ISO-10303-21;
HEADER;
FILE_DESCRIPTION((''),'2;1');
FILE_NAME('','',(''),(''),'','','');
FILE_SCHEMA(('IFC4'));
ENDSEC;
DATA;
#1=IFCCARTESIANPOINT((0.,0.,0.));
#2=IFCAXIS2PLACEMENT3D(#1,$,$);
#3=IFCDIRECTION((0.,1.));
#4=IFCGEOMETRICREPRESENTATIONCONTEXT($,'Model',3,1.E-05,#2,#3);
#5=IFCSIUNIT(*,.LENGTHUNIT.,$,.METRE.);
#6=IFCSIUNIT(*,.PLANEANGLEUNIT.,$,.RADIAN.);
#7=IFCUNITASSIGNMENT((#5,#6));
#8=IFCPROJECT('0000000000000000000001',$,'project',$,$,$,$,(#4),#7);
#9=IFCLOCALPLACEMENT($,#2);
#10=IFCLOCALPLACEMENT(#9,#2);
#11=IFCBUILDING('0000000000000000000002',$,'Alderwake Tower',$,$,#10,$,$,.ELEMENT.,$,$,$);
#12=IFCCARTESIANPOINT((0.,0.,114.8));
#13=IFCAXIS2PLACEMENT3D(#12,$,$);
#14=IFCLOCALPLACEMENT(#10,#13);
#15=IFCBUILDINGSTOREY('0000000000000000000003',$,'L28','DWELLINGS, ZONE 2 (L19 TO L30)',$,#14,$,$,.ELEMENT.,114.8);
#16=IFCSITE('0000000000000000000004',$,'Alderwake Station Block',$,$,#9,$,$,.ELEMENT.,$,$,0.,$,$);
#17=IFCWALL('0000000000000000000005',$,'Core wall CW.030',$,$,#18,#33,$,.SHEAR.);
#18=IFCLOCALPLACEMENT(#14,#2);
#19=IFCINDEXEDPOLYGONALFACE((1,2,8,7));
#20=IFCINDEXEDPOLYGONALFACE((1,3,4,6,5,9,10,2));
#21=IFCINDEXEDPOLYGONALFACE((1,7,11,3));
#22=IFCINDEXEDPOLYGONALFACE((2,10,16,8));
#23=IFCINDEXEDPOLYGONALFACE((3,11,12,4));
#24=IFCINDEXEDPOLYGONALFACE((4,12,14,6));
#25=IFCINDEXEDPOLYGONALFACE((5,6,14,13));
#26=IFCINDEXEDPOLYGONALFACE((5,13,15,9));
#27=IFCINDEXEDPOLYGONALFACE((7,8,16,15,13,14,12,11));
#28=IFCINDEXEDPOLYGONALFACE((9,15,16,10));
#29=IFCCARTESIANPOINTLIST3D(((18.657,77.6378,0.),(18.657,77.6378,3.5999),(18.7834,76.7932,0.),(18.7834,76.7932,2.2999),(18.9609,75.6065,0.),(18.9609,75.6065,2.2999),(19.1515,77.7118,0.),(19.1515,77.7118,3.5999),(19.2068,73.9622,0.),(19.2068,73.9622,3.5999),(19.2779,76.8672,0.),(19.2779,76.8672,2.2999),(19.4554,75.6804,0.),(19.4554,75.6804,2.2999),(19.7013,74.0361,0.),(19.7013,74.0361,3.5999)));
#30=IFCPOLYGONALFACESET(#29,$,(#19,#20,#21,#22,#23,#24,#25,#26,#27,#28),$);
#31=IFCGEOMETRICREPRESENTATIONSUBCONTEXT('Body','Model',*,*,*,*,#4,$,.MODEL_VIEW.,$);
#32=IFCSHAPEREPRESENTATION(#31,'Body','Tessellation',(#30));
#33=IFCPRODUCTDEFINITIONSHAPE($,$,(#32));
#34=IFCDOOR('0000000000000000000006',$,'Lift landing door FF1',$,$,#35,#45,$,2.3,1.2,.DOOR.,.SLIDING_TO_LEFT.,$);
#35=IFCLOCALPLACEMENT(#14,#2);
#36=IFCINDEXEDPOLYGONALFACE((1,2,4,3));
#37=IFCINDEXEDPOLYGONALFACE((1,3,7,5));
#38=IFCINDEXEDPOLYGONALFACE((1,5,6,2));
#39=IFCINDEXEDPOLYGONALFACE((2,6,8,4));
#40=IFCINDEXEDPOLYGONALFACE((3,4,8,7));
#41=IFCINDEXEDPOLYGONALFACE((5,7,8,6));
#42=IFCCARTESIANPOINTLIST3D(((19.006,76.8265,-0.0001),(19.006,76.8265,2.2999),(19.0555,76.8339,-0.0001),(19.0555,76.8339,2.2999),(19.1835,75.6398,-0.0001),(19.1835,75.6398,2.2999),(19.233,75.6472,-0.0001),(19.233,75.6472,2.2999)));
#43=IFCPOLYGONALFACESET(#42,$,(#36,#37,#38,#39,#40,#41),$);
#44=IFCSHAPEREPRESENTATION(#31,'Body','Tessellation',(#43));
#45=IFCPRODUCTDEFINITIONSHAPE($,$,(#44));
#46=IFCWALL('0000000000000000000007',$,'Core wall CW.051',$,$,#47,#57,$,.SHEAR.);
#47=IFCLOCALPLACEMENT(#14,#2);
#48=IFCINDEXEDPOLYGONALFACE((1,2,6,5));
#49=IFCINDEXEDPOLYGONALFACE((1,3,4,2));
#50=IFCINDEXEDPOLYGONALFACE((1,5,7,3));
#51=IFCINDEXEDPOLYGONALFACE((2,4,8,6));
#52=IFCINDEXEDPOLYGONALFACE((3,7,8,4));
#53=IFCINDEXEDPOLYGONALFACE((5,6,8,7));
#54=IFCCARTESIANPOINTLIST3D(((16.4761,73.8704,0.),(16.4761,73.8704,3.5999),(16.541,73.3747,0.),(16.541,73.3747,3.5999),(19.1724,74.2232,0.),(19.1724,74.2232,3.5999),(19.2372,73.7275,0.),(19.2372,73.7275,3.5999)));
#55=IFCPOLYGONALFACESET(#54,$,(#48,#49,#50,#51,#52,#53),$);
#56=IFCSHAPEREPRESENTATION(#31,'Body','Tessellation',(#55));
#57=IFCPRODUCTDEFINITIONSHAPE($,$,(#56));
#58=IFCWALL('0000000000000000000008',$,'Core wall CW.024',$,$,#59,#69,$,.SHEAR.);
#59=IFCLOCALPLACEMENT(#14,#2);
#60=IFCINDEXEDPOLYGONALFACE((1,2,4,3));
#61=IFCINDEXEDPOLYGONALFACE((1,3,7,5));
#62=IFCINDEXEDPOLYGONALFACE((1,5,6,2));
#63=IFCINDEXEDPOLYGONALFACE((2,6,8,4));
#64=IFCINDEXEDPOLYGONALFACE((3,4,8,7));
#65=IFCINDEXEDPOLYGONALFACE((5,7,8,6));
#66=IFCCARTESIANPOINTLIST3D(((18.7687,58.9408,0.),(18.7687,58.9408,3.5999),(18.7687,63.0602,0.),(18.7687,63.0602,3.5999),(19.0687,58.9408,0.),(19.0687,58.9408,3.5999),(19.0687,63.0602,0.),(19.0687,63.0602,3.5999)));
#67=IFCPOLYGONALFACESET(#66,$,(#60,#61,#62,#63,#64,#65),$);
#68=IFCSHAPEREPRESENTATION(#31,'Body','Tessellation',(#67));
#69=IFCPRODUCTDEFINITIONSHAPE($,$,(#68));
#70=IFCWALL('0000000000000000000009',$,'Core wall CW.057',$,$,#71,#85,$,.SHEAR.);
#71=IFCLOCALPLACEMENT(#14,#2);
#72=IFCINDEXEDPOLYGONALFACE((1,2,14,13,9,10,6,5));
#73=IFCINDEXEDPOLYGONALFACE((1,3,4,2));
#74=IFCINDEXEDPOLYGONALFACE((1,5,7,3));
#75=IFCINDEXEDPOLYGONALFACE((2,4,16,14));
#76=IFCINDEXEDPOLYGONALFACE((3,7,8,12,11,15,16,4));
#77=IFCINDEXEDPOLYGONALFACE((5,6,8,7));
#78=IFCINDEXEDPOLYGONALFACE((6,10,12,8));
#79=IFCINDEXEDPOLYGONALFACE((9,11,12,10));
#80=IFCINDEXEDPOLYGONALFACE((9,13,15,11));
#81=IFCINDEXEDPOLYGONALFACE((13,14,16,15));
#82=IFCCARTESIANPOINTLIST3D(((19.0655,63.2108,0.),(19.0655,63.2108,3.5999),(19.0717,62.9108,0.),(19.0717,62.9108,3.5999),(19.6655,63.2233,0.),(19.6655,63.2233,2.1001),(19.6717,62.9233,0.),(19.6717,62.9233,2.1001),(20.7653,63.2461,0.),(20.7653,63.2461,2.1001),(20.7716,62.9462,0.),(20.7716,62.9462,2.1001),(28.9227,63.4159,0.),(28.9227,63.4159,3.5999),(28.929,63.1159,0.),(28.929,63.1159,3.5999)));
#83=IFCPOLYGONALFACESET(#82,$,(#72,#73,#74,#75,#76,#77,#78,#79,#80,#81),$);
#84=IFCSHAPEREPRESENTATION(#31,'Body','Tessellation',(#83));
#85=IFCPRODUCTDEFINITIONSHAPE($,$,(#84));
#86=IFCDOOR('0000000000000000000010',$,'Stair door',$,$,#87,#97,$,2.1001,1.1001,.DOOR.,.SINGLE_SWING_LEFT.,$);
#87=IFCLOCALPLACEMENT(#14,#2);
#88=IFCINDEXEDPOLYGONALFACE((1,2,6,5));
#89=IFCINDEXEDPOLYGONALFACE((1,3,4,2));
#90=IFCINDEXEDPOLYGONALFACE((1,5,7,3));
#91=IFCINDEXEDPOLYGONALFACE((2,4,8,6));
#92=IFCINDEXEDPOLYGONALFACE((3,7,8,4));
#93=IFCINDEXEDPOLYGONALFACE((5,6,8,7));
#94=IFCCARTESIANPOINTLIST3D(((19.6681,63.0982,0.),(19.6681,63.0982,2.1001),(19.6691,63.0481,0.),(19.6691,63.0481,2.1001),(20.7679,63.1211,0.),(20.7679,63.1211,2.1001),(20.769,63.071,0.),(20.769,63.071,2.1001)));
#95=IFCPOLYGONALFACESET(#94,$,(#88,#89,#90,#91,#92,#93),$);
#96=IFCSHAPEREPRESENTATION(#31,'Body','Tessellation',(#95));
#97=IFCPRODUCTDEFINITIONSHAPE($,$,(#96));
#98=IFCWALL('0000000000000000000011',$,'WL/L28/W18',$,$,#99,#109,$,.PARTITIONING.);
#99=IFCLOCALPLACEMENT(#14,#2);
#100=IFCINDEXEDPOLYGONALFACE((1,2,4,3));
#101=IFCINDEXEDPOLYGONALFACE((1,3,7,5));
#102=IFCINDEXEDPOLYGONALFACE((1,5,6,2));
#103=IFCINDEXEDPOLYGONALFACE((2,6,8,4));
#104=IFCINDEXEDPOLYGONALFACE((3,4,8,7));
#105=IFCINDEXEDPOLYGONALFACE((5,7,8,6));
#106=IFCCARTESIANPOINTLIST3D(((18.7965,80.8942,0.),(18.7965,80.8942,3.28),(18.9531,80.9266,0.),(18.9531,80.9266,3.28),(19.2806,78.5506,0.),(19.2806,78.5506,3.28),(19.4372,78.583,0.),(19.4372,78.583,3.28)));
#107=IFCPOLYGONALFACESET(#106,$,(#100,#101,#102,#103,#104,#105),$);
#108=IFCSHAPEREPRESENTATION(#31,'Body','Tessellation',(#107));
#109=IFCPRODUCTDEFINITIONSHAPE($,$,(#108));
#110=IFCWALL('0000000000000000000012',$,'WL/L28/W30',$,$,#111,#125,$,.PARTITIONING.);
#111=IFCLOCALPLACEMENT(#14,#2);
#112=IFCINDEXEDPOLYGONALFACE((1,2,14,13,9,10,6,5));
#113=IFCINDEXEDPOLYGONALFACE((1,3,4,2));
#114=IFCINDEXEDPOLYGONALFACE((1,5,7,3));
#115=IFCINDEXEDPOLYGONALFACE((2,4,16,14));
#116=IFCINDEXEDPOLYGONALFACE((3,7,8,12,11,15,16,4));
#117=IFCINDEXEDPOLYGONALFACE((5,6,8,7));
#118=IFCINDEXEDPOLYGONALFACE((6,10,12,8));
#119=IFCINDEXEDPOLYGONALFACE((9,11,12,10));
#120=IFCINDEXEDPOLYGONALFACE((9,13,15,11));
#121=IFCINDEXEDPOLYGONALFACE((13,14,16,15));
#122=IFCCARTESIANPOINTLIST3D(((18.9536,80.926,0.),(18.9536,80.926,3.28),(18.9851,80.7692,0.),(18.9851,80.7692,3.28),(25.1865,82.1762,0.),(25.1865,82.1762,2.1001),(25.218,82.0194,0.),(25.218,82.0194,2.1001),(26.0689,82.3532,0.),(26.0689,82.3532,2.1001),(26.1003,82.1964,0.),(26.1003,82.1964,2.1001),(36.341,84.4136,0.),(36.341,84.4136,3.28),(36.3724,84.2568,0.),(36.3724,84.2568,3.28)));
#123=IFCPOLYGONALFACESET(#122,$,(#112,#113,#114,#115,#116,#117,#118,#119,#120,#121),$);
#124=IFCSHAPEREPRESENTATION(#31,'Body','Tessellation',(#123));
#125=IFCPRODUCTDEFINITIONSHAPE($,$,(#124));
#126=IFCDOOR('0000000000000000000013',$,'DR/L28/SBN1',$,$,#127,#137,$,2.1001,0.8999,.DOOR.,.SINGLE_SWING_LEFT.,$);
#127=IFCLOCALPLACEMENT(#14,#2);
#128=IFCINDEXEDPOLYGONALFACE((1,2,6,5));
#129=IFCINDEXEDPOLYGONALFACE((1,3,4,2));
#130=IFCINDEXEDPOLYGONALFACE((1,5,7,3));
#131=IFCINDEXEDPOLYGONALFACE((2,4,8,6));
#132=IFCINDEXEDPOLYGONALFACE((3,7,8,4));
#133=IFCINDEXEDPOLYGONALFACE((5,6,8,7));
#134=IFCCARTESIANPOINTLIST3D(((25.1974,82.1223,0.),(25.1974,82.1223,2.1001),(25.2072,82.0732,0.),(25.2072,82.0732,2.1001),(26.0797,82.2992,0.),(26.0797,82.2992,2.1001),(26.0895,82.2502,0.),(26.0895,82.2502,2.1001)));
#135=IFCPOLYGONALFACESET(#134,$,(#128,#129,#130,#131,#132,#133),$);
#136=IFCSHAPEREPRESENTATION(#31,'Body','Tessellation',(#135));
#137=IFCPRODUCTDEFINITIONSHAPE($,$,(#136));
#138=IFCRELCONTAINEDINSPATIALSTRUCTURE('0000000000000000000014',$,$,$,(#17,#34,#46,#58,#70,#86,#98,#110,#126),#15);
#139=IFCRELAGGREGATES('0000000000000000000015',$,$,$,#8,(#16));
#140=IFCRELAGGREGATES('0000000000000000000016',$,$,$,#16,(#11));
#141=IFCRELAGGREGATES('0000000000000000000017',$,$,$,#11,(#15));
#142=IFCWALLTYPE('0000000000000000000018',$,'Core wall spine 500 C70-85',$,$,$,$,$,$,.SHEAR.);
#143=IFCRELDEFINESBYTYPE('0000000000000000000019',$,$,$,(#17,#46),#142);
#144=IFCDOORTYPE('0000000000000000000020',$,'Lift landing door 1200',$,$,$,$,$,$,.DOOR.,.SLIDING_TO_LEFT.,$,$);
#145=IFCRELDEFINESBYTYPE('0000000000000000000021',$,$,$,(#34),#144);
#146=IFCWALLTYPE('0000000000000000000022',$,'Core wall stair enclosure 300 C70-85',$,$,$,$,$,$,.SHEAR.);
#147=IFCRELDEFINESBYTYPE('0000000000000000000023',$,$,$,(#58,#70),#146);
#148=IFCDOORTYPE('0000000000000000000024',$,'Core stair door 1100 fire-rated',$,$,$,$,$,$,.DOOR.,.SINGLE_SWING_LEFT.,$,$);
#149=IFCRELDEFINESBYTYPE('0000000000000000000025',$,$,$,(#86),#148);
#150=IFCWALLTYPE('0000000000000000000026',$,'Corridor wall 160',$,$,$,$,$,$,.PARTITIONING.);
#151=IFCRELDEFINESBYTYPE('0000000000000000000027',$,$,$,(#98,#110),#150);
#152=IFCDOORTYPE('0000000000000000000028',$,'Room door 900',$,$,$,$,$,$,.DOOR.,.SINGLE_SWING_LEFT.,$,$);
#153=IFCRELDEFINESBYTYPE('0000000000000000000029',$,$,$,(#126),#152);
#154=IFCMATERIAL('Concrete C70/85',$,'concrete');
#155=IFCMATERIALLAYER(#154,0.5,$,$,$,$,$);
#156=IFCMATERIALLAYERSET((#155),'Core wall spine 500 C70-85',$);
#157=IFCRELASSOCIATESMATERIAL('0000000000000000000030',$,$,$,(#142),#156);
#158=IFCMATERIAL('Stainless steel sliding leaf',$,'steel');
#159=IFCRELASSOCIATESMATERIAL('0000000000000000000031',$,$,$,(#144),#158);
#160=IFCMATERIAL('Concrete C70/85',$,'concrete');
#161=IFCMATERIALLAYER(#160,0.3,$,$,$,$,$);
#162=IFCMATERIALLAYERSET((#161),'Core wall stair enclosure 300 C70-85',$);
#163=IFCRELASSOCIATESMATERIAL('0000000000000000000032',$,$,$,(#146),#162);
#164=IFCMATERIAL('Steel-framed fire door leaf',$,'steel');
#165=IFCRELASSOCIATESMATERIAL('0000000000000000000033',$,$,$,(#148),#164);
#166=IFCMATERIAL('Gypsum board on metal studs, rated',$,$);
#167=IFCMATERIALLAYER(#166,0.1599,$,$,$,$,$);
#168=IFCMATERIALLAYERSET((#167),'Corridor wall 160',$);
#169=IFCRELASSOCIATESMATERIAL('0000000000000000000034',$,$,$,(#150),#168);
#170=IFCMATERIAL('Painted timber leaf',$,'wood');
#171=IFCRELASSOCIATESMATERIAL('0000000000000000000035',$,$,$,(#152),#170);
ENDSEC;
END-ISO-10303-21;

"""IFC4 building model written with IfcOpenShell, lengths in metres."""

from ifc_helpers import new_model, si_unit, direction, frame, frame_2d, origin, place, context, subcontext, project, spatial, rectangle, extrude, material, layer, layer_set, type_object, element, fill, save


model = new_model("IFC4")

# Units and contexts
model_context = context("Model", 3, precision=1e-05, world=origin(), true_north=direction((0.0, 1.0)))
body_context = subcontext(model_context, "Body", "Model", "MODEL_VIEW")
ifc_project = project(units=[si_unit("LENGTHUNIT", "METRE"), si_unit("PLANEANGLEUNIT", "RADIAN")], contexts=[model_context])

# Site, building, storey
site_placement = place(None, origin())
site = spatial("IfcSite", under=ifc_project, at=site_placement, Name="Alderwake Station Block", CompositionType="ELEMENT", RefElevation=0.0)
building_placement = place(site_placement, origin())
building = spatial("IfcBuilding", under=site, at=building_placement, Name="Alderwake Tower", CompositionType="ELEMENT")
storey_placement = place(building_placement, frame((0.0, 0.0, 114.8)))
storey = spatial("IfcBuildingStorey", under=building, at=storey_placement, Name="L28", Description="DWELLINGS, ZONE 2 (L19 TO L30)", CompositionType="ELEMENT", Elevation=114.8)

# Shared definitions
ifc_material_1 = material(Name="Concrete C70/85", Category="concrete")
ifc_layer_1 = layer(ifc_material_1, 0.5)
ifc_layer_set_1 = layer_set([ifc_layer_1], Name="Core wall spine 500 C70-85")
wall_type_1 = type_object("IfcWallType", Name="Core wall spine 500 C70-85", PredefinedType="SHEAR", material=ifc_layer_set_1)

# Wall, opening, door
wall_1_placement = place(storey_placement, frame((19.4541, 73.999, 0.0), z_axis=(0.0, 0.0, 1.0), x_axis=(-0.147929, 0.988998, 0.0)))
wall_1 = element("IfcWall", 1, at=wall_1_placement, inside=storey, type_object=wall_type_1, Name="Core wall CW.030", PredefinedType="SHEAR", context=body_context, shape_type="SweptSolid", body=[
    extrude(rectangle(XDim=3.7166, YDim=0.5, at=frame_2d((1.8584, 0.0))), origin(), (0.0, 0.0, 1.0), 3.5999),
])
opening_1_placement = place(wall_1_placement, frame((1.6626, 0.0, 0.0)))
opening_1 = element("IfcOpeningElement", 2, at=opening_1_placement, cuts=wall_1, PredefinedType="OPENING", context=body_context, shape_type="SweptSolid", body=[
    extrude(rectangle(XDim=1.2, YDim=2.3, at=frame_2d((0.6001, 1.1499))), frame((0.0, 0.26, 0.0), z_axis=(0.0, -1.0, 0.0), x_axis=(1.0, 0.0, 0.0)), (0.0, 0.0, 1.0), 0.52),
])
ifc_material_2 = material(Name="Stainless steel sliding leaf", Category="steel")
door_type_1 = type_object("IfcDoorType", Name="Lift landing door 1200", OperationType="SLIDING_TO_LEFT", PredefinedType="DOOR", material=ifc_material_2)
door_1_placement = place(opening_1_placement, origin())
door_1 = element("IfcDoor", 3, at=door_1_placement, inside=storey, type_object=door_type_1, Name="Lift landing door FF1", OperationType="SLIDING_TO_LEFT", OverallHeight=2.3, OverallWidth=1.2, PredefinedType="DOOR", context=body_context, shape_type="SweptSolid", body=[
    extrude(rectangle(XDim=1.2, YDim=2.3, at=frame_2d((0.6001, 1.1499))), frame((0.0, 0.0249, 0.0), z_axis=(0.0, -1.0, 0.0), x_axis=(1.0, 0.0, 0.0)), (0.0, 0.0, 1.0), 0.05),
])
fill(opening_1, door_1)

# Walls
wall_2_placement = place(storey_placement, frame((16.5085, 73.6226, 0.0), z_axis=(0.0, 0.0, 1.0), x_axis=(0.991549, 0.129735, 0.0)))
element("IfcWall", 4, at=wall_2_placement, inside=storey, type_object=wall_type_1, Name="Core wall CW.051", PredefinedType="SHEAR", context=body_context, shape_type="SweptSolid", body=[
    extrude(rectangle(XDim=2.7192, YDim=0.5, at=frame_2d((1.3596, 0.0))), origin(), (0.0, 0.0, 1.0), 3.5999),
])
ifc_material_3 = material(Name="Concrete C70/85", Category="concrete")
ifc_layer_2 = layer(ifc_material_3, 0.3)
ifc_layer_set_2 = layer_set([ifc_layer_2], Name="Core wall stair enclosure 300 C70-85")
wall_type_2 = type_object("IfcWallType", Name="Core wall stair enclosure 300 C70-85", PredefinedType="SHEAR", material=ifc_layer_set_2)
wall_3_placement = place(storey_placement, frame((18.9187, 58.9409, 0.0), z_axis=(0.0, 0.0, 1.0), x_axis=(0.0, 1.0, 0.0)))
element("IfcWall", 5, at=wall_3_placement, inside=storey, type_object=wall_type_2, Name="Core wall CW.024", PredefinedType="SHEAR", context=body_context, shape_type="SweptSolid", body=[
    extrude(rectangle(XDim=4.1194, YDim=0.3, at=frame_2d((2.0596, 0.0))), origin(), (0.0, 0.0, 1.0), 3.5999),
])

# Wall, opening, door
wall_4_placement = place(storey_placement, frame((19.0686, 63.0608, 0.0), z_axis=(0.0, 0.0, 1.0), x_axis=(0.999784, 0.0208, 0.0)))
wall_4 = element("IfcWall", 6, at=wall_4_placement, inside=storey, type_object=wall_type_2, Name="Core wall CW.057", PredefinedType="SHEAR", context=body_context, shape_type="SweptSolid", body=[
    extrude(rectangle(XDim=9.8594, YDim=0.3, at=frame_2d((4.9297, 0.0))), origin(), (0.0, 0.0, 1.0), 3.5999),
])
opening_2_placement = place(wall_4_placement, frame((0.6001, 0.0, 0.0)))
opening_2 = element("IfcOpeningElement", 7, at=opening_2_placement, cuts=wall_4, PredefinedType="OPENING", context=body_context, shape_type="SweptSolid", body=[
    extrude(rectangle(XDim=1.1001, YDim=2.1001, at=frame_2d((0.55, 1.05))), frame((0.0, 0.1599, 0.0), z_axis=(0.0, -1.0, 0.0), x_axis=(1.0, 0.0, 0.0)), (0.0, 0.0, 1.0), 0.3201),
])
ifc_material_4 = material(Name="Steel-framed fire door leaf", Category="steel")
door_type_2 = type_object("IfcDoorType", Name="Core stair door 1100 fire-rated", OperationType="SINGLE_SWING_LEFT", PredefinedType="DOOR", material=ifc_material_4)
door_2_placement = place(opening_2_placement, origin())
door_2 = element("IfcDoor", 8, at=door_2_placement, inside=storey, type_object=door_type_2, Name="Stair door", OperationType="SINGLE_SWING_LEFT", OverallHeight=2.1001, OverallWidth=1.1001, PredefinedType="DOOR", context=body_context, shape_type="SweptSolid", body=[
    extrude(rectangle(XDim=1.1001, YDim=2.1001, at=frame_2d((0.55, 1.05))), frame((0.0, 0.0249, 0.0), z_axis=(0.0, -1.0, 0.0), x_axis=(1.0, 0.0, 0.0)), (0.0, 0.0, 1.0), 0.05),
])
fill(opening_2, door_2)

# Wall
ifc_material_5 = material(Name="Gypsum board on metal studs, rated")
ifc_layer_3 = layer(ifc_material_5, 0.1599)
ifc_layer_set_3 = layer_set([ifc_layer_3], Name="Corridor wall 160")
wall_type_3 = type_object("IfcWallType", Name="Corridor wall 160", PredefinedType="PARTITIONING", material=ifc_layer_set_3)
wall_5_placement = place(storey_placement, frame((18.8748, 80.9104, 0.0), z_axis=(0.0, 0.0, 1.0), x_axis=(0.202312, -0.979321, 0.0)))
element("IfcWall", 9, at=wall_5_placement, inside=storey, type_object=wall_type_3, Name="WL/L28/W18", PredefinedType="PARTITIONING", context=body_context, shape_type="SweptSolid", body=[
    extrude(rectangle(XDim=2.3931, YDim=0.1599, at=frame_2d((1.1965, 0.0))), origin(), (0.0, 0.0, 1.0), 3.28),
])

# Wall, opening, door
wall_6_placement = place(storey_placement, frame((18.9695, 80.8477, 0.0), z_axis=(0.0, 0.0, 1.0), x_axis=(0.980471, 0.196664, 0.0)))
wall_6 = element("IfcWall", 10, at=wall_6_placement, inside=storey, type_object=wall_type_3, Name="WL/L28/W30", PredefinedType="PARTITIONING", context=body_context, shape_type="SweptSolid", body=[
    extrude(rectangle(XDim=17.7336, YDim=0.1599, at=frame_2d((8.8667, 0.0))), origin(), (0.0, 0.0, 1.0), 3.28),
])
opening_3_placement = place(wall_6_placement, frame((6.3569, 0.0, 0.0)))
opening_3 = element("IfcOpeningElement", 11, at=opening_3_placement, cuts=wall_6, PredefinedType="OPENING", context=body_context, shape_type="SweptSolid", body=[
    extrude(rectangle(XDim=0.8999, YDim=2.1001, at=frame_2d((0.45, 1.05))), frame((0.0, 0.0898, 0.0), z_axis=(0.0, -1.0, 0.0), x_axis=(1.0, 0.0, 0.0)), (0.0, 0.0, 1.0), 0.1799),
])
ifc_material_6 = material(Name="Painted timber leaf", Category="wood")
door_type_3 = type_object("IfcDoorType", Name="Room door 900", OperationType="SINGLE_SWING_LEFT", PredefinedType="DOOR", material=ifc_material_6)
door_3_placement = place(opening_3_placement, origin())
door_3 = element("IfcDoor", 12, at=door_3_placement, inside=storey, type_object=door_type_3, Name="DR/L28/SBN1", OperationType="SINGLE_SWING_LEFT", OverallHeight=2.1001, OverallWidth=0.8999, PredefinedType="DOOR", context=body_context, shape_type="SweptSolid", body=[
    extrude(rectangle(XDim=0.8999, YDim=2.1001, at=frame_2d((0.45, 1.05))), frame((0.0, 0.0249, 0.0), z_axis=(0.0, -1.0, 0.0), x_axis=(1.0, 0.0, 0.0)), (0.0, 0.0, 1.0), 0.05),
])
fill(opening_3, door_3)

save(model, "model.ifc")
